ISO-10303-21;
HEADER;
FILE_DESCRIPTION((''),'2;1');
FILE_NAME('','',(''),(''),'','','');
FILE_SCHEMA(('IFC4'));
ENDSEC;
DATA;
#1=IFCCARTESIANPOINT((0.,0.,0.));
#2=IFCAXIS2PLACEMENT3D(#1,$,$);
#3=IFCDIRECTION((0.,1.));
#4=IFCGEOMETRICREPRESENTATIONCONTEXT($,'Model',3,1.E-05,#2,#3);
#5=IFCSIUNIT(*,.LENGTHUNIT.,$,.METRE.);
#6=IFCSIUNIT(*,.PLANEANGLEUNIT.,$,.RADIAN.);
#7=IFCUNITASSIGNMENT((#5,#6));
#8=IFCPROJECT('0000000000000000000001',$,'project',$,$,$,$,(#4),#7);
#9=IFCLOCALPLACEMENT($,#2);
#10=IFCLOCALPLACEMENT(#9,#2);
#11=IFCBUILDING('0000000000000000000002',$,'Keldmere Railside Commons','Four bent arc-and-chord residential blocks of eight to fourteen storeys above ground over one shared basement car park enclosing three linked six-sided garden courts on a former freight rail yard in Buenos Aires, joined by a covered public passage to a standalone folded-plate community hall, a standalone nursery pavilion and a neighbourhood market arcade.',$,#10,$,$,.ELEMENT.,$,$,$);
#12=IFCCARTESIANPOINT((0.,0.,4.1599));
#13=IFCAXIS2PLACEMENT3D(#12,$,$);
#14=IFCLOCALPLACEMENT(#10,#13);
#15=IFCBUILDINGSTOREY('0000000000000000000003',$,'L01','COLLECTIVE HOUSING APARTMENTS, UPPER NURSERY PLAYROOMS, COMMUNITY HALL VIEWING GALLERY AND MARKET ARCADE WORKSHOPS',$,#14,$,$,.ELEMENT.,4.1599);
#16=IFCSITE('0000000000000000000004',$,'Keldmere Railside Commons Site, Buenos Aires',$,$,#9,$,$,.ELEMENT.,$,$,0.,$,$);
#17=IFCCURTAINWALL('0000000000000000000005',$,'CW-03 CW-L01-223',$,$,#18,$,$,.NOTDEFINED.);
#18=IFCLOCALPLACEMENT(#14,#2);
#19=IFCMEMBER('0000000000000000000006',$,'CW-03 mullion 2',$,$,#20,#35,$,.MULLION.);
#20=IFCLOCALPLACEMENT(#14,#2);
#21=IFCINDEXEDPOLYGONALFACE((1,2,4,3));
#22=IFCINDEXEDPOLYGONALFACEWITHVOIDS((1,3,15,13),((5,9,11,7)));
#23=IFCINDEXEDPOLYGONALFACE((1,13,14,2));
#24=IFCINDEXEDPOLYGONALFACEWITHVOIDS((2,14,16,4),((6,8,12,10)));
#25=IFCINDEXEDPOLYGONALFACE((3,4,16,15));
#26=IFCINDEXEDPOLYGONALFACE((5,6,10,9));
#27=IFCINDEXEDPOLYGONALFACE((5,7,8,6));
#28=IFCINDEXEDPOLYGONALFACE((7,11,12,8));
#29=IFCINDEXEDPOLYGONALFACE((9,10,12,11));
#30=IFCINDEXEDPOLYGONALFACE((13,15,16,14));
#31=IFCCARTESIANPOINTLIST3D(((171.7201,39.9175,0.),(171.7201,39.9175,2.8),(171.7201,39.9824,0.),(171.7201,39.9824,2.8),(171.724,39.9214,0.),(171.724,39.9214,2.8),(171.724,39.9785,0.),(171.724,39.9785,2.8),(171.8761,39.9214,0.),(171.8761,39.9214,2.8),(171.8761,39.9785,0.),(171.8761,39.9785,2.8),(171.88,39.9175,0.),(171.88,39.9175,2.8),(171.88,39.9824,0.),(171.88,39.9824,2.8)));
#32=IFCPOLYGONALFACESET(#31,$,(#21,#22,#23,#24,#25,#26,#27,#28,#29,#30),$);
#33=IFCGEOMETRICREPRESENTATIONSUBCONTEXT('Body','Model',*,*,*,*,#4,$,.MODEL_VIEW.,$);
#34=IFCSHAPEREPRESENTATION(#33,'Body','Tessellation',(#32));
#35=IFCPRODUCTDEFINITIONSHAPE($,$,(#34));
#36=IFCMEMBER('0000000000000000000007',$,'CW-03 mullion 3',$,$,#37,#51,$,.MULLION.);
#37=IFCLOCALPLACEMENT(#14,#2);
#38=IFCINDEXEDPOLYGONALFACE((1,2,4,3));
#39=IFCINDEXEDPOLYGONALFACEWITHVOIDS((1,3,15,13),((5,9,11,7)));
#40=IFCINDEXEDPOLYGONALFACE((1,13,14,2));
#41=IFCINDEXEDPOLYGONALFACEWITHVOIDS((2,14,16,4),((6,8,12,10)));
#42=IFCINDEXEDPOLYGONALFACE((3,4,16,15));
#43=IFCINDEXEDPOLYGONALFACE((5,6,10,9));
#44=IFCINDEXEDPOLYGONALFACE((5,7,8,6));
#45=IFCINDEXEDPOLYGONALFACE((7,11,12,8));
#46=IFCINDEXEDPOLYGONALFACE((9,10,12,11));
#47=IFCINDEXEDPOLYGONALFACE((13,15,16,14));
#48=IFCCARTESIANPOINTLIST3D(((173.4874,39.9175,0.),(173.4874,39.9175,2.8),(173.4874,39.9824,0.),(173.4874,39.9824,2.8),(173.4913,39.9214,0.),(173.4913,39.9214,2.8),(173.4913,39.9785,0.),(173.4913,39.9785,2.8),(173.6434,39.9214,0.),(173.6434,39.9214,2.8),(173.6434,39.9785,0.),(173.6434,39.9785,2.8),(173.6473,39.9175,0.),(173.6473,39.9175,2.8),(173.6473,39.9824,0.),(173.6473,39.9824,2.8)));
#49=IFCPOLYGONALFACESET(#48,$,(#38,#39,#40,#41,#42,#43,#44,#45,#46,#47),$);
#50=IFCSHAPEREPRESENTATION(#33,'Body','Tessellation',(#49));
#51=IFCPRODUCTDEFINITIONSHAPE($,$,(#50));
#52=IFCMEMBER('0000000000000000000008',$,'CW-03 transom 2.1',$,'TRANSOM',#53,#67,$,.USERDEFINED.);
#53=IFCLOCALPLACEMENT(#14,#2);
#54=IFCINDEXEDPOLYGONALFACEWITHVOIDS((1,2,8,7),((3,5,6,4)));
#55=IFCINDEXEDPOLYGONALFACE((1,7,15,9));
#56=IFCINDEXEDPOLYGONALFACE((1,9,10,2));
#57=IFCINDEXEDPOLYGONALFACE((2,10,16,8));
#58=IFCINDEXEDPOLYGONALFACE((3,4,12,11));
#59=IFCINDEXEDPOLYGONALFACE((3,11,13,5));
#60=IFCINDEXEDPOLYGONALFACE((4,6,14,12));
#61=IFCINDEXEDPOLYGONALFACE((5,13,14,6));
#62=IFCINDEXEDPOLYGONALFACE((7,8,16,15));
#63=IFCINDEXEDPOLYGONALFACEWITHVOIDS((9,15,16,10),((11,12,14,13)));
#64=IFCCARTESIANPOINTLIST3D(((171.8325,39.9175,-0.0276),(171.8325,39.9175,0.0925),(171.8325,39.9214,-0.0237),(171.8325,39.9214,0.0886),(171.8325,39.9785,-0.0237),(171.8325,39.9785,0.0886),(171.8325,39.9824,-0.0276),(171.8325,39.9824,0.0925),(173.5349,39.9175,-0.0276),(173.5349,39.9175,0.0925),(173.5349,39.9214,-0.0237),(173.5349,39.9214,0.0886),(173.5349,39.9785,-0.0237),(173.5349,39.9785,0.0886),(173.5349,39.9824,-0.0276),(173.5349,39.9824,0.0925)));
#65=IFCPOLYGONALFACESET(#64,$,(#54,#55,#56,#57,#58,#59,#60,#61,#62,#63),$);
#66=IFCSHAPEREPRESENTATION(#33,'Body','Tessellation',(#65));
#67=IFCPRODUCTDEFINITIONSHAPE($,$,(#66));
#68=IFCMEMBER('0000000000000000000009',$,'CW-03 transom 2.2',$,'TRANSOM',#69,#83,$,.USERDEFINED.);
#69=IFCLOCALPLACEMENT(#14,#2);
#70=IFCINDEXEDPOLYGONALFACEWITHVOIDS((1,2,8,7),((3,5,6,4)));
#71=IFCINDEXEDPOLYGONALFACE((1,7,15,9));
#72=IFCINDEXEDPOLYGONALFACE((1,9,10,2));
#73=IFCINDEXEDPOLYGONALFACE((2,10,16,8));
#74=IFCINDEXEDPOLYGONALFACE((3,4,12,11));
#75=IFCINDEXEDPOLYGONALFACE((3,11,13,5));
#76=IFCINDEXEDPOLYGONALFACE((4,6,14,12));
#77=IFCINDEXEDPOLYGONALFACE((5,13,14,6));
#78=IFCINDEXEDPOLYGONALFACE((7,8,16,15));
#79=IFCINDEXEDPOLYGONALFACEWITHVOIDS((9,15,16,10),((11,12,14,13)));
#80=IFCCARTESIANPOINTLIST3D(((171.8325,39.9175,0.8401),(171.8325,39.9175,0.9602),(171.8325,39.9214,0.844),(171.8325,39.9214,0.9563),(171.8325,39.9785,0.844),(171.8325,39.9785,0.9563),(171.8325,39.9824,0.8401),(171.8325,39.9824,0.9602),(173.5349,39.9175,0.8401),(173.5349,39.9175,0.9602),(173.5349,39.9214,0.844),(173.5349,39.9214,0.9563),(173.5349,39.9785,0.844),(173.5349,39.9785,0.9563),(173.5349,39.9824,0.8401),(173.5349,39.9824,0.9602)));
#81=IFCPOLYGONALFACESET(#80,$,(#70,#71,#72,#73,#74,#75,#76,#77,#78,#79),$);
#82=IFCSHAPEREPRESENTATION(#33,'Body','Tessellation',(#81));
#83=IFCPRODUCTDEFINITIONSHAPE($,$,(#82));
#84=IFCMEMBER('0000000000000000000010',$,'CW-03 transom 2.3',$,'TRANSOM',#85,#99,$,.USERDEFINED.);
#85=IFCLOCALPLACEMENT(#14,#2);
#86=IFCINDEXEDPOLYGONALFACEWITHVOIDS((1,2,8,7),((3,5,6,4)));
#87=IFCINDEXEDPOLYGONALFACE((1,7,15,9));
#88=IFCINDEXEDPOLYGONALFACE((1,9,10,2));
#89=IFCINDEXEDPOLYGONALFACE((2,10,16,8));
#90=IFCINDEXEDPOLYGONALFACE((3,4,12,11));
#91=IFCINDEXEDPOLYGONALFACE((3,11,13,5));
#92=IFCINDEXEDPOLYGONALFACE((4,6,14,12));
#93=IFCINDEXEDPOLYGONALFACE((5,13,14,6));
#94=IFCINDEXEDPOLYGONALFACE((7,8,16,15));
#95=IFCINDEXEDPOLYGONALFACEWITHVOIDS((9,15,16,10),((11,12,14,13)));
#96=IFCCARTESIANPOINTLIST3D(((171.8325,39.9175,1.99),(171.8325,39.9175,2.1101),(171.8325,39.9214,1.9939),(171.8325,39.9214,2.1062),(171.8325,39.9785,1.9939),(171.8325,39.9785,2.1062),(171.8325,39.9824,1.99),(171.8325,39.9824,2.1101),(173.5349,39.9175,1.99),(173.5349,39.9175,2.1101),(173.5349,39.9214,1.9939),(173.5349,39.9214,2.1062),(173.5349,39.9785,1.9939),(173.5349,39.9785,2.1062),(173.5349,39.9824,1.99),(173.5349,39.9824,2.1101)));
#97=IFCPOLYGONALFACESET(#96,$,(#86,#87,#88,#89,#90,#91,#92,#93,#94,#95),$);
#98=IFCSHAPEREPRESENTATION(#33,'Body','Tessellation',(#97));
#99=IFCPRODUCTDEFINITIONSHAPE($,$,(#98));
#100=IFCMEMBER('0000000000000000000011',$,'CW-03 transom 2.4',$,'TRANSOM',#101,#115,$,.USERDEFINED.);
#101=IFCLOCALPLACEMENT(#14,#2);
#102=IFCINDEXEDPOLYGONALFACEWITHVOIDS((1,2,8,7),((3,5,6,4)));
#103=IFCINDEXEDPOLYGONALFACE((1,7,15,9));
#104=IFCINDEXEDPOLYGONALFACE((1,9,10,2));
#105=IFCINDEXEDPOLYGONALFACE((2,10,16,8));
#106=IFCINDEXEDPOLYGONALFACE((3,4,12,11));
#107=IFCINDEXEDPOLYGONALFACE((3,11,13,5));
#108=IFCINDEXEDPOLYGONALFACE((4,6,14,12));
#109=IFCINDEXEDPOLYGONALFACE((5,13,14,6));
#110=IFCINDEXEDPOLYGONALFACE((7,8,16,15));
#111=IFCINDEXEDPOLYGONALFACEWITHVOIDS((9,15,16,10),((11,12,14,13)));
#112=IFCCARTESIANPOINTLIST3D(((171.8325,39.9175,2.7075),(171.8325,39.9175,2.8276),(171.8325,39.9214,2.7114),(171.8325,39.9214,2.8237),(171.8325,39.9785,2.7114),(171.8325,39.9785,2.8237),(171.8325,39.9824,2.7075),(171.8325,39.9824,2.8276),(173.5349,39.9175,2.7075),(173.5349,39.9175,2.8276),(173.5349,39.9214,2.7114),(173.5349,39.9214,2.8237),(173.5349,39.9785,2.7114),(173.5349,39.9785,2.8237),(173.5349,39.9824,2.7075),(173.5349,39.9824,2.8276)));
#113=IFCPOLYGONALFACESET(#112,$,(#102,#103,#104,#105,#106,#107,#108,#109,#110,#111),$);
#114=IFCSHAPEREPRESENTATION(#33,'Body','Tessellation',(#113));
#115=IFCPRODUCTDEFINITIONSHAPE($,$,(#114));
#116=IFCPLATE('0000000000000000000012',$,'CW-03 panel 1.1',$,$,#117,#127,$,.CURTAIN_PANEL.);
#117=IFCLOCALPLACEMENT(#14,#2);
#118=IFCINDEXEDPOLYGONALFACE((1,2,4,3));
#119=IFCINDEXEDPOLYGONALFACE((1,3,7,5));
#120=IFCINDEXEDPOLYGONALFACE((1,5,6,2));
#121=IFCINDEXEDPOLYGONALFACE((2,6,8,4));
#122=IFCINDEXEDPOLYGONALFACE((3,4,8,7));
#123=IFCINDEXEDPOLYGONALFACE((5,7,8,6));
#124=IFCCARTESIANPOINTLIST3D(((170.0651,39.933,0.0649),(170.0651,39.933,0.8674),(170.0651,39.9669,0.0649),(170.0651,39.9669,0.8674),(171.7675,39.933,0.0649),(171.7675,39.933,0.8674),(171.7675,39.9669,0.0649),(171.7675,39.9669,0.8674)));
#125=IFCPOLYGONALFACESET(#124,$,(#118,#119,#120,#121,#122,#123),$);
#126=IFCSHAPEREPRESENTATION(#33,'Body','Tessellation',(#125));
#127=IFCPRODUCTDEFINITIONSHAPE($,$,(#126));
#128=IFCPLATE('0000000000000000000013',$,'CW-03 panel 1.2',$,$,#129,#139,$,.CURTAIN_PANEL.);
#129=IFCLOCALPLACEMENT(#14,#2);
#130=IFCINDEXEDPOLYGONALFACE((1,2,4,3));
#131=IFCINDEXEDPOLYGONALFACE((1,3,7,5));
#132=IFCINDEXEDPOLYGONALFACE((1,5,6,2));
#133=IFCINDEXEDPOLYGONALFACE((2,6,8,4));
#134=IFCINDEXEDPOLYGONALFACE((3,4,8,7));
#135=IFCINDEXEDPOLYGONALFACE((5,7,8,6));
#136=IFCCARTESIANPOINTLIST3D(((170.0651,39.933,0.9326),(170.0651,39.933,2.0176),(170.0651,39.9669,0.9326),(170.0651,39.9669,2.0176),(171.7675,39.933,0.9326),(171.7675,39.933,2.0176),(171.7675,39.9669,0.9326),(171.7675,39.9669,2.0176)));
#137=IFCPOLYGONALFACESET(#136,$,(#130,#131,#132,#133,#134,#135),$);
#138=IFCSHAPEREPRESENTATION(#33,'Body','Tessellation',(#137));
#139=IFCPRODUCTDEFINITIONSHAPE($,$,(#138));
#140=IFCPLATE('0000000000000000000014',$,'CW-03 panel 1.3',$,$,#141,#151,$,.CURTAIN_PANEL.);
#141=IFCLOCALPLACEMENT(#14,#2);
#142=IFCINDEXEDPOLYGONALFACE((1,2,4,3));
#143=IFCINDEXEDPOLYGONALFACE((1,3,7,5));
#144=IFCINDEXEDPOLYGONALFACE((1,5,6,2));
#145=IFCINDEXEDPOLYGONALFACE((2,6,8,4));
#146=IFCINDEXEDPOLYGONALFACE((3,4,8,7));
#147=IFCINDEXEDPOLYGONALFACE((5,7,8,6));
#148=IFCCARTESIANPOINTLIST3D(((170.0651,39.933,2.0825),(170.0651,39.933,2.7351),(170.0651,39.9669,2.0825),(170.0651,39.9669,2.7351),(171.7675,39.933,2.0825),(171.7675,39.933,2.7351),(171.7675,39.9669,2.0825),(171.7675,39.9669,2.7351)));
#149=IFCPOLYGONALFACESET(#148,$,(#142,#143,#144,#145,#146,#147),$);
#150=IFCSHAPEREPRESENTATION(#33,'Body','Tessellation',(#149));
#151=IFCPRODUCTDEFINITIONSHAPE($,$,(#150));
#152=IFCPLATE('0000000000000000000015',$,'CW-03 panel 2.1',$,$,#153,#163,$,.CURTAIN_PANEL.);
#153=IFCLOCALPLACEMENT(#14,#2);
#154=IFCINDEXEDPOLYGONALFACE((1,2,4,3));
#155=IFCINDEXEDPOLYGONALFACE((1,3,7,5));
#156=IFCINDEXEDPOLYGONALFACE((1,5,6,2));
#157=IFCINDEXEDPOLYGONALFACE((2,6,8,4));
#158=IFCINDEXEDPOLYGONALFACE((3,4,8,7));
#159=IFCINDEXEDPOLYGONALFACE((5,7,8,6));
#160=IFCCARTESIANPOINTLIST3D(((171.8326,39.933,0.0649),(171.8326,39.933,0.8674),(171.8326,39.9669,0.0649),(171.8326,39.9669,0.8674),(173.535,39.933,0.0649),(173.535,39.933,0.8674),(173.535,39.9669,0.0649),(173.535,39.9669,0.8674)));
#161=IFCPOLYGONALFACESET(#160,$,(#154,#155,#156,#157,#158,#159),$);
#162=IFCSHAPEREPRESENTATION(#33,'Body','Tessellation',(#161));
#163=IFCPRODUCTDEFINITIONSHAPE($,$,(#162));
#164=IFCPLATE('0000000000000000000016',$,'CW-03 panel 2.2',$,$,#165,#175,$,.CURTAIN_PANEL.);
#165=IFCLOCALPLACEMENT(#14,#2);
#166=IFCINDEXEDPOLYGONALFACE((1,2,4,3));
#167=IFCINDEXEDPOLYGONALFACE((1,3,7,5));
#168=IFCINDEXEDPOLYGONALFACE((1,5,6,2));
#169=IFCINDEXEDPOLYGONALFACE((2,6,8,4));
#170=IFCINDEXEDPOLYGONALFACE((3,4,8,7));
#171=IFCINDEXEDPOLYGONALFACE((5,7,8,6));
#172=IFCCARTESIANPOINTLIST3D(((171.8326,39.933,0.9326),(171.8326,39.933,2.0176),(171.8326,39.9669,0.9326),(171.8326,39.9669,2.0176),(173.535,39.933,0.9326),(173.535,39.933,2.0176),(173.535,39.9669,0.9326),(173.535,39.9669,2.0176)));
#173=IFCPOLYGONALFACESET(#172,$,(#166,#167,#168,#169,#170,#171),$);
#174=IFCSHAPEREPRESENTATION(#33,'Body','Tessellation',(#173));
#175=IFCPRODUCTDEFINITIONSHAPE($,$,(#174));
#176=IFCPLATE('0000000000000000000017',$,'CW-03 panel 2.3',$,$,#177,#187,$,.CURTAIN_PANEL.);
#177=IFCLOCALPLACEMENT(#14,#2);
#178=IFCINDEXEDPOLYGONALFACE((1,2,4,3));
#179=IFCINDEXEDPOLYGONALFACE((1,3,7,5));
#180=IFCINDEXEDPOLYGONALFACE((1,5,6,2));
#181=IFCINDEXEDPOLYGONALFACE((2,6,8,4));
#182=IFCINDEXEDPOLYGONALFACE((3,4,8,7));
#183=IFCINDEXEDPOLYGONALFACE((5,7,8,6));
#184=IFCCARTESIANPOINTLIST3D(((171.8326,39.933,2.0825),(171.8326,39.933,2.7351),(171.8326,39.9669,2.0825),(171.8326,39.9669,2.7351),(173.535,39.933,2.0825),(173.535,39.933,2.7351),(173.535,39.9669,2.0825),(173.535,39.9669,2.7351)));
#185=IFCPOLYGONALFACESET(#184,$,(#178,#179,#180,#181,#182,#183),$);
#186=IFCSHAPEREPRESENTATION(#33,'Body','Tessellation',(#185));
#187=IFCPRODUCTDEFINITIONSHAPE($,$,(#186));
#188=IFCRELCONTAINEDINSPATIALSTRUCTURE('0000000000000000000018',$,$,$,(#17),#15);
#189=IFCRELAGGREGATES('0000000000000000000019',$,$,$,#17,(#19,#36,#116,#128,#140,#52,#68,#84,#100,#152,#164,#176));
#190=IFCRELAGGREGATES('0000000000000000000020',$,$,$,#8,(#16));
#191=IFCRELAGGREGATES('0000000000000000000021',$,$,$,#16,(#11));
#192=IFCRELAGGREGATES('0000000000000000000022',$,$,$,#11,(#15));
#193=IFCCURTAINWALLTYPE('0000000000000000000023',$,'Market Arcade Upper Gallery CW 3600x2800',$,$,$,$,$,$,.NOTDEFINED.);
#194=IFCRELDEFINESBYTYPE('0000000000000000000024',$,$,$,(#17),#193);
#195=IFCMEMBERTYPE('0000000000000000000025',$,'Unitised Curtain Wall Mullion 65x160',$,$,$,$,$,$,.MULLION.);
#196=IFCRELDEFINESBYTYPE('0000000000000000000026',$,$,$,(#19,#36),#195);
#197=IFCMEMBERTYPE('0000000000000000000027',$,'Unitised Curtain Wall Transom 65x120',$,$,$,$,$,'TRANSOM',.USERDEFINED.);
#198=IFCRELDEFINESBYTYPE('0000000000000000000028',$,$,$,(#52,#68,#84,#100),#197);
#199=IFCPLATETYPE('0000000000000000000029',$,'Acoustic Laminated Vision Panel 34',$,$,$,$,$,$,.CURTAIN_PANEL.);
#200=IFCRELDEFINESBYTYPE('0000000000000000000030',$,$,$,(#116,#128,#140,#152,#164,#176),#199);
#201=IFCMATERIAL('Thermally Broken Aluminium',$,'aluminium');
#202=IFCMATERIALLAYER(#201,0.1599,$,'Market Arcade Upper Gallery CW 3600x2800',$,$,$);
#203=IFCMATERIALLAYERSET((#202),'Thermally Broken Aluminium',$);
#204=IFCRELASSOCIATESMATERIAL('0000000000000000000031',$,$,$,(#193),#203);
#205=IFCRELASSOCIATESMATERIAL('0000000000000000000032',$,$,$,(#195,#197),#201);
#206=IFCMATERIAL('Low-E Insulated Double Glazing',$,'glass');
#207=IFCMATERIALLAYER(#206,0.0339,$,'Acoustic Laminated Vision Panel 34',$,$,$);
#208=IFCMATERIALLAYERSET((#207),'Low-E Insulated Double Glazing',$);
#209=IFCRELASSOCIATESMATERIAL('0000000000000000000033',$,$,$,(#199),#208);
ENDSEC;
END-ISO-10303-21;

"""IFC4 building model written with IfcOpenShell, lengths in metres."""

from ifc_helpers import new_model, si_unit, direction, frame, origin, origin_2d, place, context, subcontext, project, spatial, rectangle, hollow_rectangle, extrude, material, layer, layer_set, material_profile, profile_set, type_object, element, aggregate, save


model = new_model("IFC4")

# Units and contexts
model_context = context("Model", 3, precision=1e-05, world=origin(), true_north=direction((0.0, 1.0)))
body_context = subcontext(model_context, "Body", "Model", "MODEL_VIEW")
ifc_project = project(units=[si_unit("LENGTHUNIT", "METRE"), si_unit("PLANEANGLEUNIT", "RADIAN")], contexts=[model_context])

# Site, building, storey
site_placement = place(None, origin())
site = spatial("IfcSite", under=ifc_project, at=site_placement, Name="Keldmere Railside Commons Site, Buenos Aires", CompositionType="ELEMENT", RefElevation=0.0)
building_placement = place(site_placement, origin())
building = spatial("IfcBuilding", under=site, at=building_placement, Name="Keldmere Railside Commons", Description="Four bent arc-and-chord residential blocks of eight to fourteen storeys above ground over one shared basement car park enclosing three linked six-sided garden courts on a former freight rail yard in Buenos Aires, joined by a covered public passage to a standalone folded-plate community hall, a standalone nursery pavilion and a neighbourhood market arcade.", CompositionType="ELEMENT")
storey_placement = place(building_placement, frame((0.0, 0.0, 4.1599)))
storey = spatial("IfcBuildingStorey", under=building, at=storey_placement, Name="L01", Description="COLLECTIVE HOUSING APARTMENTS, UPPER NURSERY PLAYROOMS, COMMUNITY HALL VIEWING GALLERY AND MARKET ARCADE WORKSHOPS", CompositionType="ELEMENT", Elevation=4.1599)

# Curtain wall, members, plates
ifc_material_1 = material(Name="Thermally Broken Aluminium", Category="aluminium")
ifc_layer_1 = layer(ifc_material_1, 0.1599, Name="Market Arcade Upper Gallery CW 3600x2800")
ifc_layer_set_1 = layer_set([ifc_layer_1], Name="Thermally Broken Aluminium")
curtain_wall_type = type_object("IfcCurtainWallType", Name="Market Arcade Upper Gallery CW 3600x2800", PredefinedType="NOTDEFINED", material=ifc_layer_set_1)
curtain_wall_placement = place(storey_placement, origin())
curtain_wall = element("IfcCurtainWall", 1, at=curtain_wall_placement, inside=storey, type_object=curtain_wall_type, Name="CW-03 CW-L01-223", PredefinedType="NOTDEFINED")
ifc_material_profile_1 = material_profile(ifc_material_1, hollow_rectangle(XDim=0.0649, YDim=0.1599, WallThickness=0.0039, at=origin_2d()), Name="ALU-MULL-65x160")
ifc_profile_set_1 = profile_set([ifc_material_profile_1], Name="Thermally Broken Aluminium")
member_type_1 = type_object("IfcMemberType", Name="Unitised Curtain Wall Mullion 65x160", PredefinedType="MULLION", material=ifc_profile_set_1)
member_1_placement = place(storey_placement, frame((171.8, 39.95, 0.0), z_axis=(0.0, 0.0, 1.0), x_axis=(0.0, 1.0, 0.0)))
member_1 = element("IfcMember", 2, at=member_1_placement, type_object=member_type_1, Name="CW-03 mullion 2", PredefinedType="MULLION", context=body_context, shape_type="SweptSolid", body=[
    extrude(hollow_rectangle(XDim=0.0649, YDim=0.1599, WallThickness=0.0039, at=origin_2d()), origin(), (0.0, 0.0, 1.0), 2.8),
])
member_2_placement = place(storey_placement, frame((173.5674, 39.95, 0.0), z_axis=(0.0, 0.0, 1.0), x_axis=(0.0, 1.0, 0.0)))
member_2 = element("IfcMember", 3, at=member_2_placement, type_object=member_type_1, Name="CW-03 mullion 3", PredefinedType="MULLION", context=body_context, shape_type="SweptSolid", body=[
    extrude(hollow_rectangle(XDim=0.0649, YDim=0.1599, WallThickness=0.0039, at=origin_2d()), origin(), (0.0, 0.0, 1.0), 2.8),
])
ifc_material_profile_2 = material_profile(ifc_material_1, hollow_rectangle(XDim=0.0649, YDim=0.1201, WallThickness=0.0039, at=origin_2d()), Name="ALU-TRAN-65x120")
ifc_profile_set_2 = profile_set([ifc_material_profile_2], Name="Thermally Broken Aluminium")
member_type_2 = type_object("IfcMemberType", Name="Unitised Curtain Wall Transom 65x120", ElementType="TRANSOM", PredefinedType="USERDEFINED", material=ifc_profile_set_2)
member_3_placement = place(storey_placement, frame((171.8325, 39.95, 0.0325), z_axis=(1.0, 0.0, 0.0), x_axis=(0.0, 1.0, 0.0)))
member_3 = element("IfcMember", 4, at=member_3_placement, type_object=member_type_2, Name="CW-03 transom 2.1", ObjectType="TRANSOM", PredefinedType="USERDEFINED", context=body_context, shape_type="SweptSolid", body=[
    extrude(hollow_rectangle(XDim=0.0649, YDim=0.1201, WallThickness=0.0039, at=origin_2d()), origin(), (0.0, 0.0, 1.0), 1.7024),
])
member_4_placement = place(storey_placement, frame((171.8325, 39.95, 0.9001), z_axis=(1.0, 0.0, 0.0), x_axis=(0.0, 1.0, 0.0)))
member_4 = element("IfcMember", 5, at=member_4_placement, type_object=member_type_2, Name="CW-03 transom 2.2", ObjectType="TRANSOM", PredefinedType="USERDEFINED", context=body_context, shape_type="SweptSolid", body=[
    extrude(hollow_rectangle(XDim=0.0649, YDim=0.1201, WallThickness=0.0039, at=origin_2d()), origin(), (0.0, 0.0, 1.0), 1.7024),
])
member_5_placement = place(storey_placement, frame((171.8325, 39.95, 2.05), z_axis=(1.0, 0.0, 0.0), x_axis=(0.0, 1.0, 0.0)))
member_5 = element("IfcMember", 6, at=member_5_placement, type_object=member_type_2, Name="CW-03 transom 2.3", ObjectType="TRANSOM", PredefinedType="USERDEFINED", context=body_context, shape_type="SweptSolid", body=[
    extrude(hollow_rectangle(XDim=0.0649, YDim=0.1201, WallThickness=0.0039, at=origin_2d()), origin(), (0.0, 0.0, 1.0), 1.7024),
])
member_6_placement = place(storey_placement, frame((171.8325, 39.95, 2.7676), z_axis=(1.0, 0.0, 0.0), x_axis=(0.0, 1.0, 0.0)))
member_6 = element("IfcMember", 7, at=member_6_placement, type_object=member_type_2, Name="CW-03 transom 2.4", ObjectType="TRANSOM", PredefinedType="USERDEFINED", context=body_context, shape_type="SweptSolid", body=[
    extrude(hollow_rectangle(XDim=0.0649, YDim=0.1201, WallThickness=0.0039, at=origin_2d()), origin(), (0.0, 0.0, 1.0), 1.7024),
])
ifc_material_2 = material(Name="Low-E Insulated Double Glazing", Category="glass")
ifc_layer_2 = layer(ifc_material_2, 0.0339, Name="Acoustic Laminated Vision Panel 34")
ifc_layer_set_2 = layer_set([ifc_layer_2], Name="Low-E Insulated Double Glazing")
plate_type = type_object("IfcPlateType", Name="Acoustic Laminated Vision Panel 34", PredefinedType="CURTAIN_PANEL", material=ifc_layer_set_2)
plate_1_placement = place(storey_placement, frame((170.9163, 39.95, 0.0649), z_axis=(0.0, 0.0, 1.0), x_axis=(1.0, 0.0, 0.0)))
plate_1 = element("IfcPlate", 8, at=plate_1_placement, type_object=plate_type, Name="CW-03 panel 1.1", PredefinedType="CURTAIN_PANEL", context=body_context, shape_type="SweptSolid", body=[
    extrude(rectangle(XDim=1.7024, YDim=0.0339, at=origin_2d()), origin(), (0.0, 0.0, 1.0), 0.8025),
])
plate_2_placement = place(storey_placement, frame((170.9163, 39.95, 0.9326), z_axis=(0.0, 0.0, 1.0), x_axis=(1.0, 0.0, 0.0)))
plate_2 = element("IfcPlate", 9, at=plate_2_placement, type_object=plate_type, Name="CW-03 panel 1.2", PredefinedType="CURTAIN_PANEL", context=body_context, shape_type="SweptSolid", body=[
    extrude(rectangle(XDim=1.7024, YDim=0.0339, at=origin_2d()), origin(), (0.0, 0.0, 1.0), 1.085),
])
plate_3_placement = place(storey_placement, frame((170.9163, 39.95, 2.0825), z_axis=(0.0, 0.0, 1.0), x_axis=(1.0, 0.0, 0.0)))
plate_3 = element("IfcPlate", 10, at=plate_3_placement, type_object=plate_type, Name="CW-03 panel 1.3", PredefinedType="CURTAIN_PANEL", context=body_context, shape_type="SweptSolid", body=[
    extrude(rectangle(XDim=1.7024, YDim=0.0339, at=origin_2d()), origin(), (0.0, 0.0, 1.0), 0.6526),
])
plate_4_placement = place(storey_placement, frame((172.6838, 39.95, 0.0649), z_axis=(0.0, 0.0, 1.0), x_axis=(1.0, 0.0, 0.0)))
plate_4 = element("IfcPlate", 11, at=plate_4_placement, type_object=plate_type, Name="CW-03 panel 2.1", PredefinedType="CURTAIN_PANEL", context=body_context, shape_type="SweptSolid", body=[
    extrude(rectangle(XDim=1.7024, YDim=0.0339, at=origin_2d()), origin(), (0.0, 0.0, 1.0), 0.8025),
])
plate_5_placement = place(storey_placement, frame((172.6838, 39.95, 0.9326), z_axis=(0.0, 0.0, 1.0), x_axis=(1.0, 0.0, 0.0)))
plate_5 = element("IfcPlate", 12, at=plate_5_placement, type_object=plate_type, Name="CW-03 panel 2.2", PredefinedType="CURTAIN_PANEL", context=body_context, shape_type="SweptSolid", body=[
    extrude(rectangle(XDim=1.7024, YDim=0.0339, at=origin_2d()), origin(), (0.0, 0.0, 1.0), 1.085),
])
plate_6_placement = place(storey_placement, frame((172.6838, 39.95, 2.0825), z_axis=(0.0, 0.0, 1.0), x_axis=(1.0, 0.0, 0.0)))
plate_6 = element("IfcPlate", 13, at=plate_6_placement, type_object=plate_type, Name="CW-03 panel 2.3", PredefinedType="CURTAIN_PANEL", context=body_context, shape_type="SweptSolid", body=[
    extrude(rectangle(XDim=1.7024, YDim=0.0339, at=origin_2d()), origin(), (0.0, 0.0, 1.0), 0.6526),
])
aggregate(curtain_wall, [member_1, member_2, plate_1, plate_2, plate_3, member_3, member_4, member_5, member_6, plate_4, plate_5, plate_6])

save(model, "model.ifc")
